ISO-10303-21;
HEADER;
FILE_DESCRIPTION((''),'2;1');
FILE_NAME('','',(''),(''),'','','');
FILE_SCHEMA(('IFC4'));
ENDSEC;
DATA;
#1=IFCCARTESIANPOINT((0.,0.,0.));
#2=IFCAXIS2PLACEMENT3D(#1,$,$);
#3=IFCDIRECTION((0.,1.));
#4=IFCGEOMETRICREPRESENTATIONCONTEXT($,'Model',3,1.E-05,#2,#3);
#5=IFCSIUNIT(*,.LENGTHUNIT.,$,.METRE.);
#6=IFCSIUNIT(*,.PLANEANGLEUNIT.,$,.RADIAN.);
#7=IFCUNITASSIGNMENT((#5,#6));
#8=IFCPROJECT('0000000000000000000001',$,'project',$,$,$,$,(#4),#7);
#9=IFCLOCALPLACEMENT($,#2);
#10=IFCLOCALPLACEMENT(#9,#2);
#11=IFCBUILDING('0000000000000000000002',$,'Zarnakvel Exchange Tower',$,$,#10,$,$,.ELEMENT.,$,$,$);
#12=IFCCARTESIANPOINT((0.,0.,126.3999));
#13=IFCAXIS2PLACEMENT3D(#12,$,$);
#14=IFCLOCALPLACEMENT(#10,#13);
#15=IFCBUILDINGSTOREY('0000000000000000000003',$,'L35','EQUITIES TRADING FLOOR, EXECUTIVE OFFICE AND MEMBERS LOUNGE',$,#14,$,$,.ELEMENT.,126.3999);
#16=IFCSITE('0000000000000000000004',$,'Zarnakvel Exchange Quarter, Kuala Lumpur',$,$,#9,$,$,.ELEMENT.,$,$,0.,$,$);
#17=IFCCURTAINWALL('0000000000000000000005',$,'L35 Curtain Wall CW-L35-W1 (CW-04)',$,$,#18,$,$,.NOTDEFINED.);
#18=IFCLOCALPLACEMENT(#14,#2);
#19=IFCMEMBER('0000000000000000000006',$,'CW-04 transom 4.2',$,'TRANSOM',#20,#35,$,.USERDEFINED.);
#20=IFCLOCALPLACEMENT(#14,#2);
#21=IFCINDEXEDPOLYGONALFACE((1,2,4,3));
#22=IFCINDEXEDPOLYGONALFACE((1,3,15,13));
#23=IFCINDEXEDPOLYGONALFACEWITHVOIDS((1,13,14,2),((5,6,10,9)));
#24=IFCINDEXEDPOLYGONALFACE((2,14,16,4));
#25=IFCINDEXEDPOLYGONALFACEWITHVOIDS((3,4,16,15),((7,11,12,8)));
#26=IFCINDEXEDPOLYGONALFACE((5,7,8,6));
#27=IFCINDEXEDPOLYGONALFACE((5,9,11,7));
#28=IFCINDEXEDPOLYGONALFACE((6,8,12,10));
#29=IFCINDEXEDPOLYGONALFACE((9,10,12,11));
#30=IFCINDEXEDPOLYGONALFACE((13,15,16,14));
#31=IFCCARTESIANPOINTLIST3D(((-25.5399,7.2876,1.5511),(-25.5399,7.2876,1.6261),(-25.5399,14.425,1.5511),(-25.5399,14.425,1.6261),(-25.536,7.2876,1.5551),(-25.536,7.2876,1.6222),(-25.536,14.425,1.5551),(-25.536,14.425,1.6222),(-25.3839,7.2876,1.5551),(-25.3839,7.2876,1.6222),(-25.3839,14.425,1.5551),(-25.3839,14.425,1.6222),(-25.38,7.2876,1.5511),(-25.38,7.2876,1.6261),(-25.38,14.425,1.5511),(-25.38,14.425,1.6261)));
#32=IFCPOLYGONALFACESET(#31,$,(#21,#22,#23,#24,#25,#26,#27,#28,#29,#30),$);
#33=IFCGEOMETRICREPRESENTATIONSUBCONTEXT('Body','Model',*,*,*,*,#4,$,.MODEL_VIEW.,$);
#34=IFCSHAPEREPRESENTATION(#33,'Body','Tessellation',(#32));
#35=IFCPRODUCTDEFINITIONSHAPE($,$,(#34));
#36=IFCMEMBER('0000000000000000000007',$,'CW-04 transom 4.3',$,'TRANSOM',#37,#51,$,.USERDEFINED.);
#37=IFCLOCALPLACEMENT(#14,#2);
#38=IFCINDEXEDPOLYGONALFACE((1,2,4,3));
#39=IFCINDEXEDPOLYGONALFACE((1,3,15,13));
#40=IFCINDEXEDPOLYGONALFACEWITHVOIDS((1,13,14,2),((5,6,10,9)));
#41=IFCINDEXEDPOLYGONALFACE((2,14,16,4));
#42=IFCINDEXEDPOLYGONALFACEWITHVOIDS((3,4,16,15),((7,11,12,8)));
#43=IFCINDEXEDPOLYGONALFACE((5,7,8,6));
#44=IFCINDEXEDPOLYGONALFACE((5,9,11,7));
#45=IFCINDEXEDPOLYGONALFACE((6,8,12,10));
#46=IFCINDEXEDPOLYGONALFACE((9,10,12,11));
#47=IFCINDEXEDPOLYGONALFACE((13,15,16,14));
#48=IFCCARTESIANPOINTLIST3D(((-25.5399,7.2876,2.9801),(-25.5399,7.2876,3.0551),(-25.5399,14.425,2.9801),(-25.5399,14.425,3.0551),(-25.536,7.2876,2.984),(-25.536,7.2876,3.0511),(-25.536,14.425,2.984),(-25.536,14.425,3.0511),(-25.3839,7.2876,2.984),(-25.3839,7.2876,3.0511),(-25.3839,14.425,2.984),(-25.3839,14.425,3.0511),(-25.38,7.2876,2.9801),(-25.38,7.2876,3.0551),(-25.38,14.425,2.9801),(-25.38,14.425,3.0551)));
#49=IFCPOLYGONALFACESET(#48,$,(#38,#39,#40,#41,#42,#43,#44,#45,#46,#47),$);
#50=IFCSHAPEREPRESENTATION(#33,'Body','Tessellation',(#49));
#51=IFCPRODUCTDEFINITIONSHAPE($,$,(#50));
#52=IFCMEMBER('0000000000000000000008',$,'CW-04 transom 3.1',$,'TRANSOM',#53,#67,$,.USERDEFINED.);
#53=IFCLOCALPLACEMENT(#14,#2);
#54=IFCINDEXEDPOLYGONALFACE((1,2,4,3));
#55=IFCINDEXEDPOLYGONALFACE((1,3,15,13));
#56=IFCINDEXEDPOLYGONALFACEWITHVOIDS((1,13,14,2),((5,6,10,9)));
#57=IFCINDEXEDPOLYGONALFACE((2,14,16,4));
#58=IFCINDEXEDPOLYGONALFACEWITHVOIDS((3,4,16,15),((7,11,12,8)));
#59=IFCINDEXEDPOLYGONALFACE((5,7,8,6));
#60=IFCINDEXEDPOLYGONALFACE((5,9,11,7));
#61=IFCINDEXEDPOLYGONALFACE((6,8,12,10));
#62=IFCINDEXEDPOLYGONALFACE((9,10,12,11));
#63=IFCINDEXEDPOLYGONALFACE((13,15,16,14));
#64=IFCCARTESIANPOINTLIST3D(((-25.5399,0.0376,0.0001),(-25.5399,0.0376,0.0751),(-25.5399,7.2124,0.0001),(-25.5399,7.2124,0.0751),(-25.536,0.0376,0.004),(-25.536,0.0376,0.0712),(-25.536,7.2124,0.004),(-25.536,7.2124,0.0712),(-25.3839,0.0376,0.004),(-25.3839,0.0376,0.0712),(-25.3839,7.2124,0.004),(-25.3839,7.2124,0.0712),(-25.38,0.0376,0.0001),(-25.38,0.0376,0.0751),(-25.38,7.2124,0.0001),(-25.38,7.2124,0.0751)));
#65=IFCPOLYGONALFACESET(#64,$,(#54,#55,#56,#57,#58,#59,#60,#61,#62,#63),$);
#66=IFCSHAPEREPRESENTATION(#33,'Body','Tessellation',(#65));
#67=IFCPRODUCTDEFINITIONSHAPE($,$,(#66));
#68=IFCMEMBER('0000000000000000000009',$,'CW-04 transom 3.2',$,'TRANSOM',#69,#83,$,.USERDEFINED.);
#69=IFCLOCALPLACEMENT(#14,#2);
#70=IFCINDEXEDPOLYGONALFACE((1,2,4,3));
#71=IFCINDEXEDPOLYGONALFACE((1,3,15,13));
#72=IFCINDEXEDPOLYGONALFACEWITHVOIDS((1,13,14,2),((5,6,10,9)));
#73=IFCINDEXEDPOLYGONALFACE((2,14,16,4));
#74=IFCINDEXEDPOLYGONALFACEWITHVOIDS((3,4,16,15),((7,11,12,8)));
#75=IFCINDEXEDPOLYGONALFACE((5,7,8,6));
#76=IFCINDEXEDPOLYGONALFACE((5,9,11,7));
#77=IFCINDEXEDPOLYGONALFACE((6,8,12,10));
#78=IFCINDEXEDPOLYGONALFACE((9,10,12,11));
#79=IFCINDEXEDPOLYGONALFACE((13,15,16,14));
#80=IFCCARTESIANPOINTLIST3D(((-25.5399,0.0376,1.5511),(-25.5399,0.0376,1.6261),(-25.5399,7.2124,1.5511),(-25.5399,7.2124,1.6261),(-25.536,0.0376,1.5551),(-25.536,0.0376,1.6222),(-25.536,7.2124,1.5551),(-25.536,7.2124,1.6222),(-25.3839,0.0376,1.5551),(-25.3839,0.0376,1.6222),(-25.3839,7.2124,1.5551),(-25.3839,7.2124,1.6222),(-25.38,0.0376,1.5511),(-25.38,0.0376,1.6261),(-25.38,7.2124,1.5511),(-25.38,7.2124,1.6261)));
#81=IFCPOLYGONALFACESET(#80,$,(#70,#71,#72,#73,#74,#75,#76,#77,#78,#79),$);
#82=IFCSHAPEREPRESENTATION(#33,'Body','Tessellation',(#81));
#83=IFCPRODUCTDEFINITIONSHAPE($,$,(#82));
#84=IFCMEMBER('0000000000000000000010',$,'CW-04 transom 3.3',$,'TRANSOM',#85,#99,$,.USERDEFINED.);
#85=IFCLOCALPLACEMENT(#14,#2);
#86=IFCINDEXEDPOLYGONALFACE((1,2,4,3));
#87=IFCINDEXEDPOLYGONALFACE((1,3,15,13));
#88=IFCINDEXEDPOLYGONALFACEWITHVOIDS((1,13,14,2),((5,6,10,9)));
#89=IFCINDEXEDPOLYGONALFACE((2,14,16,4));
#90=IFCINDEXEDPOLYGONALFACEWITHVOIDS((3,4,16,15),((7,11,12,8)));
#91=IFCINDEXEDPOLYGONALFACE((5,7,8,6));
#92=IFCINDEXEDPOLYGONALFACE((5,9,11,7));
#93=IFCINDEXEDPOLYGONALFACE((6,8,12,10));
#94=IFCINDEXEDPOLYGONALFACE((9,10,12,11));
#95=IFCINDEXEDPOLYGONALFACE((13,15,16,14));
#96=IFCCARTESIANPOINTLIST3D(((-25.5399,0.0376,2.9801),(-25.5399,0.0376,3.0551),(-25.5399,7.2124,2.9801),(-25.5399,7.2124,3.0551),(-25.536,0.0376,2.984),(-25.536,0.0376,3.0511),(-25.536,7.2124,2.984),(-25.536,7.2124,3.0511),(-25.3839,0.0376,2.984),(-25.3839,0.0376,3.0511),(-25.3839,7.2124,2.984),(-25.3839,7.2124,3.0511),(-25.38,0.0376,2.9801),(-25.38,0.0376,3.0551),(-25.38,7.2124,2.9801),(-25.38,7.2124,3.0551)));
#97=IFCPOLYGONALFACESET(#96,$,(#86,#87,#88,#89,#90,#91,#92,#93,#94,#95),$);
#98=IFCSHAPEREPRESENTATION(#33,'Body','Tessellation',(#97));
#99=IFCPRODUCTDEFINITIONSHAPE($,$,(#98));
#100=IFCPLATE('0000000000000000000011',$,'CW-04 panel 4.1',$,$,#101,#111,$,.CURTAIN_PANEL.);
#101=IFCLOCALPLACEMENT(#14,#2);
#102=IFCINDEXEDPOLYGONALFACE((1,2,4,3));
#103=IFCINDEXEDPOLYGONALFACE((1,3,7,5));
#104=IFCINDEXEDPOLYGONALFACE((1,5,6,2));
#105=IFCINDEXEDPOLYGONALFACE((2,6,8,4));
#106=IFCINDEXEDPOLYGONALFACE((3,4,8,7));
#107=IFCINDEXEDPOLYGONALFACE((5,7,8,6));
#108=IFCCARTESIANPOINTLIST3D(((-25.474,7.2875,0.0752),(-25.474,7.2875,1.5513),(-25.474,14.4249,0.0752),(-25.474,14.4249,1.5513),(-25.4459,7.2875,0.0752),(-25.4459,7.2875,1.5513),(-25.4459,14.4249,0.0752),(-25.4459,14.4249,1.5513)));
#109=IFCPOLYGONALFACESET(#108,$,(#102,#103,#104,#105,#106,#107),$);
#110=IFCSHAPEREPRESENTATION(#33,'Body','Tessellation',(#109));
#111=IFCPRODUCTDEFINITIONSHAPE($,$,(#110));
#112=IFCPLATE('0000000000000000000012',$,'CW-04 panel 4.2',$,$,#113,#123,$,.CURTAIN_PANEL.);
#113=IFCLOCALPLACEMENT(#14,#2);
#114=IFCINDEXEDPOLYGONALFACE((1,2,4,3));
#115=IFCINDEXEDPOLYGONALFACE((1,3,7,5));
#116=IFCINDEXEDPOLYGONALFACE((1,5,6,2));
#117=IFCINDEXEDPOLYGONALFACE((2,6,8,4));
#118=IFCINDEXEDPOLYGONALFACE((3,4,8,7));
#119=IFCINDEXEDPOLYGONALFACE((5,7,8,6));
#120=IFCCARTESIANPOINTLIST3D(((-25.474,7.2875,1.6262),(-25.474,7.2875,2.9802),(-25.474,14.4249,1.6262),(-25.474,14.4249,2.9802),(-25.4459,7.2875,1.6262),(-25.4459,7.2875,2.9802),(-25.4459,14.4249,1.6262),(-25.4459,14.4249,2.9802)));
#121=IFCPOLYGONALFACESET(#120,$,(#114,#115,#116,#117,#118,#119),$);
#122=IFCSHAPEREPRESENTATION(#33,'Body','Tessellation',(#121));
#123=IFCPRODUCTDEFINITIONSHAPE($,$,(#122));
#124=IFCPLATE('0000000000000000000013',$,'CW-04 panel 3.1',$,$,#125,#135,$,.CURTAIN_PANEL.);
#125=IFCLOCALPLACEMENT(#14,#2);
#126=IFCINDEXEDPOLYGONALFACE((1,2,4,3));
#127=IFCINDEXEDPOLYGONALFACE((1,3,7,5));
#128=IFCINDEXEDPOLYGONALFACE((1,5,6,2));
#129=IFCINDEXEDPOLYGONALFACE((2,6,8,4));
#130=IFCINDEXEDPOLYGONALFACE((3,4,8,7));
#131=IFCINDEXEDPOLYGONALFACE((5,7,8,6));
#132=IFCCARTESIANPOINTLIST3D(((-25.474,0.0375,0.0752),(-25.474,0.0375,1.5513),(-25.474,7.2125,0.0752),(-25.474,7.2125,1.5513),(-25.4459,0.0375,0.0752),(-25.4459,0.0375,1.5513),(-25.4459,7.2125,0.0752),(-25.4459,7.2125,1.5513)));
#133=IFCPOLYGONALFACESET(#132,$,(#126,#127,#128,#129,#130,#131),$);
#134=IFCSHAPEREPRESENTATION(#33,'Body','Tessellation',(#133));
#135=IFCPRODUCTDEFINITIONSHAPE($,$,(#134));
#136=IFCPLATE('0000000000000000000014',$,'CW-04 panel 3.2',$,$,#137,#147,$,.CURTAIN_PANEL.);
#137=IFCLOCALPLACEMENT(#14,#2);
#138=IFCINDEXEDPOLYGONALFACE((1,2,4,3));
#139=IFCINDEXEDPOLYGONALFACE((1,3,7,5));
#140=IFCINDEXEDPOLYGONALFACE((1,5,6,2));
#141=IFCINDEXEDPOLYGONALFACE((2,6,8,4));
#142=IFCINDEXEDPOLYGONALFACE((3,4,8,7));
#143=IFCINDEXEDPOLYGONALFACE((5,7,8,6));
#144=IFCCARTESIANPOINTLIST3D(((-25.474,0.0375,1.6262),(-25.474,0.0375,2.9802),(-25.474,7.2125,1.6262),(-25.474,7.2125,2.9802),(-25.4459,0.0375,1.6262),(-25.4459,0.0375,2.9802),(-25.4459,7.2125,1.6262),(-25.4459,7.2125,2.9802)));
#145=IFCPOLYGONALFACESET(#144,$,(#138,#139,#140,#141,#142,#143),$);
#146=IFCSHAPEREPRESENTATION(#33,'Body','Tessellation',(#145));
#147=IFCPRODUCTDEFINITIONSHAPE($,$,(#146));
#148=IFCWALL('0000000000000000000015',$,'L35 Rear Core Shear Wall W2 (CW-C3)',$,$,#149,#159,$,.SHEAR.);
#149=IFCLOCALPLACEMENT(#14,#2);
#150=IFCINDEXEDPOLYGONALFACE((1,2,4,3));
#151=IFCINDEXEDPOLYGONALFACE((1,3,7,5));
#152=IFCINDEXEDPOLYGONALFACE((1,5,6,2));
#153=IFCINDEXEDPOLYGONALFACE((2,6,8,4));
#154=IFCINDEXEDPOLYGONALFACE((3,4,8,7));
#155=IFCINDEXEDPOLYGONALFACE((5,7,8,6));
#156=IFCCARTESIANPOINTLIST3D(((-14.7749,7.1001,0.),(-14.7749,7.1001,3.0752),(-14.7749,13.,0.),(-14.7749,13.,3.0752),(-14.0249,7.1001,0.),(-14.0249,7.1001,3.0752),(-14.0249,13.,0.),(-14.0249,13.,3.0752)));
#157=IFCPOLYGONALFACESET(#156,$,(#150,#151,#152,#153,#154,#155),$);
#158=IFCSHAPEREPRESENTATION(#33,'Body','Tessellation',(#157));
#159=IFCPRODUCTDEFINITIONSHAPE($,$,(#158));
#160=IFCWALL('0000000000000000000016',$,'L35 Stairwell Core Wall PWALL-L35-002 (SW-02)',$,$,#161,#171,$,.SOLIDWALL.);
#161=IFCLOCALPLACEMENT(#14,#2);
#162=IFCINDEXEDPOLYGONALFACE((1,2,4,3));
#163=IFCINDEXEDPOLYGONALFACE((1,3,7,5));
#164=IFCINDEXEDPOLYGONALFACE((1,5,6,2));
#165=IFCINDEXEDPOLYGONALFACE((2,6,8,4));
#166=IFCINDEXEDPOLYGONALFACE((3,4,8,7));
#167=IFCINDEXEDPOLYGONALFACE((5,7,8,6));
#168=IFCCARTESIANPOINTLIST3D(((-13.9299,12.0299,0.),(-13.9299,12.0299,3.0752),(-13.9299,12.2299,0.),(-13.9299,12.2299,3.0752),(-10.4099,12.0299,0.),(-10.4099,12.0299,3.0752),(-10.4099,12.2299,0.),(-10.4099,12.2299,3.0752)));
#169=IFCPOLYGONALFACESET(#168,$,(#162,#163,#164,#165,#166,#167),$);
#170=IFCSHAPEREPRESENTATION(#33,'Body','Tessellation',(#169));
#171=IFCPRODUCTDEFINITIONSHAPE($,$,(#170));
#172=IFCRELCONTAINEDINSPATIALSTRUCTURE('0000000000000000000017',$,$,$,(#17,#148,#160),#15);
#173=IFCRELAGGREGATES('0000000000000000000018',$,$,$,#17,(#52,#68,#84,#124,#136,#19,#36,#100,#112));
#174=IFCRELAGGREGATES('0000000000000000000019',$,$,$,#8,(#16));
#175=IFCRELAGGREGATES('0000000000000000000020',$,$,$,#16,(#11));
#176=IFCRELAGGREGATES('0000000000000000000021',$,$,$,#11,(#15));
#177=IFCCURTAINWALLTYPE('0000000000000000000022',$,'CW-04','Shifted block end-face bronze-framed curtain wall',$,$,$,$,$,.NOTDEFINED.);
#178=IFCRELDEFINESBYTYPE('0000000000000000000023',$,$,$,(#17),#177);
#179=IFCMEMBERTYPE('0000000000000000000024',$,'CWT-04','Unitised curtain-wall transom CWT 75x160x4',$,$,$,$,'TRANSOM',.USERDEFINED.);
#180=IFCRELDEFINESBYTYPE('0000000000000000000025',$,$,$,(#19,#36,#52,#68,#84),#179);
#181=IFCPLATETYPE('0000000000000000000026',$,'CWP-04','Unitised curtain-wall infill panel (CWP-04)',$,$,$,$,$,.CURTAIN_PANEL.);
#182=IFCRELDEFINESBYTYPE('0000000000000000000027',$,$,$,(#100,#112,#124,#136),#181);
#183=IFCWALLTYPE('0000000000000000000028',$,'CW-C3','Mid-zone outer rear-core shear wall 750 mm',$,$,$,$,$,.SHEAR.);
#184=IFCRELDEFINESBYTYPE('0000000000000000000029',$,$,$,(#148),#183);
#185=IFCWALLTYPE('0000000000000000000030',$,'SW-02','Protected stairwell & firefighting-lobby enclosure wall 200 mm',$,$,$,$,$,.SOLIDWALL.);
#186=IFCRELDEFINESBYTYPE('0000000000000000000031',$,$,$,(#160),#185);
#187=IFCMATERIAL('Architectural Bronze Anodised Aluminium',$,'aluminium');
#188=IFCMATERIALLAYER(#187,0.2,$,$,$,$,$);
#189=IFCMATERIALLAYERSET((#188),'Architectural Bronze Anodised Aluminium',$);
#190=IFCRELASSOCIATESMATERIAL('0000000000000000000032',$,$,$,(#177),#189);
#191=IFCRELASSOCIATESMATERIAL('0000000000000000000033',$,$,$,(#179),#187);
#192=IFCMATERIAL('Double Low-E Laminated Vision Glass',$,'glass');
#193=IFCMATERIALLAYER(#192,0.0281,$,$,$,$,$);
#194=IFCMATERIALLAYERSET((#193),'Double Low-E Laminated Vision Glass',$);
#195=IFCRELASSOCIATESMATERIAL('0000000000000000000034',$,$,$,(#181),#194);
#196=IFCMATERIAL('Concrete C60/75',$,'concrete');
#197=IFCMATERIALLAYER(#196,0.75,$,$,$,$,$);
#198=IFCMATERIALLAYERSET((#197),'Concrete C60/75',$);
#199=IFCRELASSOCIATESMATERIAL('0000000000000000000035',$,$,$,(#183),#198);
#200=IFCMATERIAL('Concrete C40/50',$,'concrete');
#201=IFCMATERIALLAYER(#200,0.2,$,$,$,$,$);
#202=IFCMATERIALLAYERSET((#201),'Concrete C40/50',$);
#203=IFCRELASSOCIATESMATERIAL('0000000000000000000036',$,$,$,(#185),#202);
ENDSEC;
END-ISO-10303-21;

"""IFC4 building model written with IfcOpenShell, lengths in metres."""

from ifc_helpers import new_model, si_unit, direction, frame, frame_2d, origin, origin_2d, place, context, subcontext, project, spatial, rectangle, hollow_rectangle, extrude, source, transform, mapped, material, layer, layer_set, material_profile, profile_set, type_object, element, aggregate, save


model = new_model("IFC4")

# Units and contexts
model_context = context("Model", 3, precision=1e-05, world=origin(), true_north=direction((0.0, 1.0)))
body_context = subcontext(model_context, "Body", "Model", "MODEL_VIEW")
ifc_project = project(units=[si_unit("LENGTHUNIT", "METRE"), si_unit("PLANEANGLEUNIT", "RADIAN")], contexts=[model_context])

# Site, building, storey
site_placement = place(None, origin())
site = spatial("IfcSite", under=ifc_project, at=site_placement, Name="Zarnakvel Exchange Quarter, Kuala Lumpur", CompositionType="ELEMENT", RefElevation=0.0)
building_placement = place(site_placement, origin())
building = spatial("IfcBuilding", under=site, at=building_placement, Name="Zarnakvel Exchange Tower", CompositionType="ELEMENT")
storey_placement = place(building_placement, frame((0.0, 0.0, 126.3999)))
storey = spatial("IfcBuildingStorey", under=building, at=storey_placement, Name="L35", Description="EQUITIES TRADING FLOOR, EXECUTIVE OFFICE AND MEMBERS LOUNGE", CompositionType="ELEMENT", Elevation=126.3999)

# Shared definitions
ifc_material_1 = material(Name="Concrete C60/75", Category="concrete")

# Curtain wall, members, plates
ifc_material_2 = material(Name="Architectural Bronze Anodised Aluminium", Category="aluminium")
ifc_layer_1 = layer(ifc_material_2, 0.2)
ifc_layer_set_1 = layer_set([ifc_layer_1], Name="Architectural Bronze Anodised Aluminium")
curtain_wall_type = type_object("IfcCurtainWallType", Name="CW-04", Description="Shifted block end-face bronze-framed curtain wall", PredefinedType="NOTDEFINED", material=ifc_layer_set_1)
curtain_wall_placement = place(storey_placement, origin())
curtain_wall = element("IfcCurtainWall", 1, at=curtain_wall_placement, inside=storey, type_object=curtain_wall_type, Name="L35 Curtain Wall CW-L35-W1 (CW-04)", PredefinedType="NOTDEFINED")
ifc_material_profile_1 = material_profile(ifc_material_2, hollow_rectangle(XDim=0.1599, YDim=0.075, WallThickness=0.0039, at=origin_2d()))
ifc_profile_set_1 = profile_set([ifc_material_profile_1], Name="Architectural Bronze Anodised Aluminium")
member_type_1 = type_object("IfcMemberType", Name="CWT-04", Description="Unitised curtain-wall transom CWT 75x160x4", ElementType="TRANSOM", PredefinedType="USERDEFINED", material=ifc_profile_set_1)
shared_shape_1 = source(origin(), body_context, "Body", "SweptSolid", [
    extrude(hollow_rectangle(XDim=0.1599, YDim=0.075, WallThickness=0.0039, at=origin_2d()), origin(), (0.0, 0.0, 1.0), 7.1375),
])
member_1_placement = place(storey_placement, frame((-25.46, 7.2876, 1.5886), z_axis=(0.0, 1.0, 0.0), x_axis=(-1.0, 0.0, 0.0)))
member_1 = element("IfcMember", 2, at=member_1_placement, type_object=member_type_1, Name="CW-04 transom 4.2", ObjectType="TRANSOM", PredefinedType="USERDEFINED", context=body_context, shape_type="MappedRepresentation", body=[
    mapped(shared_shape_1, transform((0.0, 0.0, 0.0), x_axis=(1.0, 0.0, 0.0), y_axis=(0.0, 1.0, 0.0), z_axis=(0.0, 0.0, 1.0), scale=1.0)),
])
member_2_placement = place(storey_placement, frame((-25.46, 7.2876, 3.0176), z_axis=(0.0, 1.0, 0.0), x_axis=(-1.0, 0.0, 0.0)))
member_2 = element("IfcMember", 3, at=member_2_placement, type_object=member_type_1, Name="CW-04 transom 4.3", ObjectType="TRANSOM", PredefinedType="USERDEFINED", context=body_context, shape_type="MappedRepresentation", body=[
    mapped(shared_shape_1, transform((0.0, 0.0, 0.0), x_axis=(1.0, 0.0, 0.0), y_axis=(0.0, 1.0, 0.0), z_axis=(0.0, 0.0, 1.0), scale=1.0)),
])
shared_shape_2 = source(origin(), body_context, "Body", "SweptSolid", [
    extrude(hollow_rectangle(XDim=0.1599, YDim=0.075, WallThickness=0.0039, at=origin_2d()), origin(), (0.0, 0.0, 1.0), 7.1748),
])
member_3_placement = place(storey_placement, frame((-25.46, 0.0376, 0.0376), z_axis=(0.0, 1.0, 0.0), x_axis=(-1.0, 0.0, 0.0)))
member_3 = element("IfcMember", 4, at=member_3_placement, type_object=member_type_1, Name="CW-04 transom 3.1", ObjectType="TRANSOM", PredefinedType="USERDEFINED", context=body_context, shape_type="MappedRepresentation", body=[
    mapped(shared_shape_2, transform((0.0, 0.0, 0.0), x_axis=(1.0, 0.0, 0.0), y_axis=(0.0, 1.0, 0.0), z_axis=(0.0, 0.0, 1.0), scale=1.0)),
])
member_4_placement = place(storey_placement, frame((-25.46, 0.0376, 1.5886), z_axis=(0.0, 1.0, 0.0), x_axis=(-1.0, 0.0, 0.0)))
member_4 = element("IfcMember", 5, at=member_4_placement, type_object=member_type_1, Name="CW-04 transom 3.2", ObjectType="TRANSOM", PredefinedType="USERDEFINED", context=body_context, shape_type="MappedRepresentation", body=[
    mapped(shared_shape_2, transform((0.0, 0.0, 0.0), x_axis=(1.0, 0.0, 0.0), y_axis=(0.0, 1.0, 0.0), z_axis=(0.0, 0.0, 1.0), scale=1.0)),
])
member_5_placement = place(storey_placement, frame((-25.46, 0.0376, 3.0176), z_axis=(0.0, 1.0, 0.0), x_axis=(-1.0, 0.0, 0.0)))
member_5 = element("IfcMember", 6, at=member_5_placement, type_object=member_type_1, Name="CW-04 transom 3.3", ObjectType="TRANSOM", PredefinedType="USERDEFINED", context=body_context, shape_type="MappedRepresentation", body=[
    mapped(shared_shape_2, transform((0.0, 0.0, 0.0), x_axis=(1.0, 0.0, 0.0), y_axis=(0.0, 1.0, 0.0), z_axis=(0.0, 0.0, 1.0), scale=1.0)),
])
ifc_material_3 = material(Name="Double Low-E Laminated Vision Glass", Category="glass")
ifc_layer_2 = layer(ifc_material_3, 0.0281)
ifc_layer_set_2 = layer_set([ifc_layer_2], Name="Double Low-E Laminated Vision Glass")
plate_type = type_object("IfcPlateType", Name="CWP-04", Description="Unitised curtain-wall infill panel (CWP-04)", PredefinedType="CURTAIN_PANEL", material=ifc_layer_set_2)
shared_shape_3 = source(origin(), body_context, "Body", "SweptSolid", [
    extrude(rectangle(XDim=7.1375, YDim=0.0281, at=origin_2d()), origin(), (0.0, 0.0, 1.0), 1.4761),
])
plate_1_placement = place(storey_placement, frame((-25.46, 10.8562, 0.0752), z_axis=(0.0, 0.0, 1.0), x_axis=(0.0, 1.0, 0.0)))
plate_1 = element("IfcPlate", 7, at=plate_1_placement, type_object=plate_type, Name="CW-04 panel 4.1", PredefinedType="CURTAIN_PANEL", context=body_context, shape_type="MappedRepresentation", body=[
    mapped(shared_shape_3, transform((0.0, 0.0, 0.0), x_axis=(1.0, 0.0, 0.0), y_axis=(0.0, 1.0, 0.0), z_axis=(0.0, 0.0, 1.0), scale=1.0)),
])
shared_shape_4 = source(origin(), body_context, "Body", "SweptSolid", [
    extrude(rectangle(XDim=7.1375, YDim=0.0281, at=origin_2d()), origin(), (0.0, 0.0, 1.0), 1.354),
])
plate_2_placement = place(storey_placement, frame((-25.46, 10.8562, 1.6262), z_axis=(0.0, 0.0, 1.0), x_axis=(0.0, 1.0, 0.0)))
plate_2 = element("IfcPlate", 8, at=plate_2_placement, type_object=plate_type, Name="CW-04 panel 4.2", PredefinedType="CURTAIN_PANEL", context=body_context, shape_type="MappedRepresentation", body=[
    mapped(shared_shape_4, transform((0.0, 0.0, 0.0), x_axis=(1.0, 0.0, 0.0), y_axis=(0.0, 1.0, 0.0), z_axis=(0.0, 0.0, 1.0), scale=1.0)),
])
shared_shape_5 = source(origin(), body_context, "Body", "SweptSolid", [
    extrude(rectangle(XDim=7.175, YDim=0.0281, at=origin_2d()), origin(), (0.0, 0.0, 1.0), 1.4761),
])
plate_3_placement = place(storey_placement, frame((-25.46, 3.625, 0.0752), z_axis=(0.0, 0.0, 1.0), x_axis=(0.0, 1.0, 0.0)))
plate_3 = element("IfcPlate", 9, at=plate_3_placement, type_object=plate_type, Name="CW-04 panel 3.1", PredefinedType="CURTAIN_PANEL", context=body_context, shape_type="MappedRepresentation", body=[
    mapped(shared_shape_5, transform((0.0, 0.0, 0.0), x_axis=(1.0, 0.0, 0.0), y_axis=(0.0, 1.0, 0.0), z_axis=(0.0, 0.0, 1.0), scale=1.0)),
])
shared_shape_6 = source(origin(), body_context, "Body", "SweptSolid", [
    extrude(rectangle(XDim=7.175, YDim=0.0281, at=origin_2d()), origin(), (0.0, 0.0, 1.0), 1.354),
])
plate_4_placement = place(storey_placement, frame((-25.46, 3.625, 1.6262), z_axis=(0.0, 0.0, 1.0), x_axis=(0.0, 1.0, 0.0)))
plate_4 = element("IfcPlate", 10, at=plate_4_placement, type_object=plate_type, Name="CW-04 panel 3.2", PredefinedType="CURTAIN_PANEL", context=body_context, shape_type="MappedRepresentation", body=[
    mapped(shared_shape_6, transform((0.0, 0.0, 0.0), x_axis=(1.0, 0.0, 0.0), y_axis=(0.0, 1.0, 0.0), z_axis=(0.0, 0.0, 1.0), scale=1.0)),
])
aggregate(curtain_wall, [member_3, member_4, member_5, plate_3, plate_4, member_1, member_2, plate_1, plate_2])

# Walls
ifc_layer_3 = layer(ifc_material_1, 0.75)
ifc_layer_set_3 = layer_set([ifc_layer_3], Name="Concrete C60/75")
wall_type_1 = type_object("IfcWallType", Name="CW-C3", Description="Mid-zone outer rear-core shear wall 750 mm", PredefinedType="SHEAR", material=ifc_layer_set_3)
wall_1_placement = place(storey_placement, frame((-14.3999, 7.1001, 0.0), z_axis=(0.0, 0.0, 1.0), x_axis=(0.0, 1.0, 0.0)))
element("IfcWall", 11, at=wall_1_placement, inside=storey, type_object=wall_type_1, Name="L35 Rear Core Shear Wall W2 (CW-C3)", PredefinedType="SHEAR", context=body_context, shape_type="SweptSolid", body=[
    extrude(rectangle(XDim=5.8999, YDim=0.75, at=frame_2d((2.95, 0.0))), origin(), (0.0, 0.0, 1.0), 3.0752),
])
ifc_material_4 = material(Name="Concrete C40/50", Category="concrete")
ifc_layer_4 = layer(ifc_material_4, 0.2)
ifc_layer_set_4 = layer_set([ifc_layer_4], Name="Concrete C40/50")
wall_type_2 = type_object("IfcWallType", Name="SW-02", Description="Protected stairwell & firefighting-lobby enclosure wall 200 mm", PredefinedType="SOLIDWALL", material=ifc_layer_set_4)
wall_2_placement = place(storey_placement, frame((-13.9299, 12.1299, 0.0), z_axis=(0.0, 0.0, 1.0), x_axis=(1.0, 0.0, 0.0)))
element("IfcWall", 12, at=wall_2_placement, inside=storey, type_object=wall_type_2, Name="L35 Stairwell Core Wall PWALL-L35-002 (SW-02)", PredefinedType="SOLIDWALL", context=body_context, shape_type="SweptSolid", body=[
    extrude(rectangle(XDim=3.52, YDim=0.2, at=frame_2d((1.76, 0.0))), origin(), (0.0, 0.0, 1.0), 3.0752),
])

save(model, "model.ifc")
